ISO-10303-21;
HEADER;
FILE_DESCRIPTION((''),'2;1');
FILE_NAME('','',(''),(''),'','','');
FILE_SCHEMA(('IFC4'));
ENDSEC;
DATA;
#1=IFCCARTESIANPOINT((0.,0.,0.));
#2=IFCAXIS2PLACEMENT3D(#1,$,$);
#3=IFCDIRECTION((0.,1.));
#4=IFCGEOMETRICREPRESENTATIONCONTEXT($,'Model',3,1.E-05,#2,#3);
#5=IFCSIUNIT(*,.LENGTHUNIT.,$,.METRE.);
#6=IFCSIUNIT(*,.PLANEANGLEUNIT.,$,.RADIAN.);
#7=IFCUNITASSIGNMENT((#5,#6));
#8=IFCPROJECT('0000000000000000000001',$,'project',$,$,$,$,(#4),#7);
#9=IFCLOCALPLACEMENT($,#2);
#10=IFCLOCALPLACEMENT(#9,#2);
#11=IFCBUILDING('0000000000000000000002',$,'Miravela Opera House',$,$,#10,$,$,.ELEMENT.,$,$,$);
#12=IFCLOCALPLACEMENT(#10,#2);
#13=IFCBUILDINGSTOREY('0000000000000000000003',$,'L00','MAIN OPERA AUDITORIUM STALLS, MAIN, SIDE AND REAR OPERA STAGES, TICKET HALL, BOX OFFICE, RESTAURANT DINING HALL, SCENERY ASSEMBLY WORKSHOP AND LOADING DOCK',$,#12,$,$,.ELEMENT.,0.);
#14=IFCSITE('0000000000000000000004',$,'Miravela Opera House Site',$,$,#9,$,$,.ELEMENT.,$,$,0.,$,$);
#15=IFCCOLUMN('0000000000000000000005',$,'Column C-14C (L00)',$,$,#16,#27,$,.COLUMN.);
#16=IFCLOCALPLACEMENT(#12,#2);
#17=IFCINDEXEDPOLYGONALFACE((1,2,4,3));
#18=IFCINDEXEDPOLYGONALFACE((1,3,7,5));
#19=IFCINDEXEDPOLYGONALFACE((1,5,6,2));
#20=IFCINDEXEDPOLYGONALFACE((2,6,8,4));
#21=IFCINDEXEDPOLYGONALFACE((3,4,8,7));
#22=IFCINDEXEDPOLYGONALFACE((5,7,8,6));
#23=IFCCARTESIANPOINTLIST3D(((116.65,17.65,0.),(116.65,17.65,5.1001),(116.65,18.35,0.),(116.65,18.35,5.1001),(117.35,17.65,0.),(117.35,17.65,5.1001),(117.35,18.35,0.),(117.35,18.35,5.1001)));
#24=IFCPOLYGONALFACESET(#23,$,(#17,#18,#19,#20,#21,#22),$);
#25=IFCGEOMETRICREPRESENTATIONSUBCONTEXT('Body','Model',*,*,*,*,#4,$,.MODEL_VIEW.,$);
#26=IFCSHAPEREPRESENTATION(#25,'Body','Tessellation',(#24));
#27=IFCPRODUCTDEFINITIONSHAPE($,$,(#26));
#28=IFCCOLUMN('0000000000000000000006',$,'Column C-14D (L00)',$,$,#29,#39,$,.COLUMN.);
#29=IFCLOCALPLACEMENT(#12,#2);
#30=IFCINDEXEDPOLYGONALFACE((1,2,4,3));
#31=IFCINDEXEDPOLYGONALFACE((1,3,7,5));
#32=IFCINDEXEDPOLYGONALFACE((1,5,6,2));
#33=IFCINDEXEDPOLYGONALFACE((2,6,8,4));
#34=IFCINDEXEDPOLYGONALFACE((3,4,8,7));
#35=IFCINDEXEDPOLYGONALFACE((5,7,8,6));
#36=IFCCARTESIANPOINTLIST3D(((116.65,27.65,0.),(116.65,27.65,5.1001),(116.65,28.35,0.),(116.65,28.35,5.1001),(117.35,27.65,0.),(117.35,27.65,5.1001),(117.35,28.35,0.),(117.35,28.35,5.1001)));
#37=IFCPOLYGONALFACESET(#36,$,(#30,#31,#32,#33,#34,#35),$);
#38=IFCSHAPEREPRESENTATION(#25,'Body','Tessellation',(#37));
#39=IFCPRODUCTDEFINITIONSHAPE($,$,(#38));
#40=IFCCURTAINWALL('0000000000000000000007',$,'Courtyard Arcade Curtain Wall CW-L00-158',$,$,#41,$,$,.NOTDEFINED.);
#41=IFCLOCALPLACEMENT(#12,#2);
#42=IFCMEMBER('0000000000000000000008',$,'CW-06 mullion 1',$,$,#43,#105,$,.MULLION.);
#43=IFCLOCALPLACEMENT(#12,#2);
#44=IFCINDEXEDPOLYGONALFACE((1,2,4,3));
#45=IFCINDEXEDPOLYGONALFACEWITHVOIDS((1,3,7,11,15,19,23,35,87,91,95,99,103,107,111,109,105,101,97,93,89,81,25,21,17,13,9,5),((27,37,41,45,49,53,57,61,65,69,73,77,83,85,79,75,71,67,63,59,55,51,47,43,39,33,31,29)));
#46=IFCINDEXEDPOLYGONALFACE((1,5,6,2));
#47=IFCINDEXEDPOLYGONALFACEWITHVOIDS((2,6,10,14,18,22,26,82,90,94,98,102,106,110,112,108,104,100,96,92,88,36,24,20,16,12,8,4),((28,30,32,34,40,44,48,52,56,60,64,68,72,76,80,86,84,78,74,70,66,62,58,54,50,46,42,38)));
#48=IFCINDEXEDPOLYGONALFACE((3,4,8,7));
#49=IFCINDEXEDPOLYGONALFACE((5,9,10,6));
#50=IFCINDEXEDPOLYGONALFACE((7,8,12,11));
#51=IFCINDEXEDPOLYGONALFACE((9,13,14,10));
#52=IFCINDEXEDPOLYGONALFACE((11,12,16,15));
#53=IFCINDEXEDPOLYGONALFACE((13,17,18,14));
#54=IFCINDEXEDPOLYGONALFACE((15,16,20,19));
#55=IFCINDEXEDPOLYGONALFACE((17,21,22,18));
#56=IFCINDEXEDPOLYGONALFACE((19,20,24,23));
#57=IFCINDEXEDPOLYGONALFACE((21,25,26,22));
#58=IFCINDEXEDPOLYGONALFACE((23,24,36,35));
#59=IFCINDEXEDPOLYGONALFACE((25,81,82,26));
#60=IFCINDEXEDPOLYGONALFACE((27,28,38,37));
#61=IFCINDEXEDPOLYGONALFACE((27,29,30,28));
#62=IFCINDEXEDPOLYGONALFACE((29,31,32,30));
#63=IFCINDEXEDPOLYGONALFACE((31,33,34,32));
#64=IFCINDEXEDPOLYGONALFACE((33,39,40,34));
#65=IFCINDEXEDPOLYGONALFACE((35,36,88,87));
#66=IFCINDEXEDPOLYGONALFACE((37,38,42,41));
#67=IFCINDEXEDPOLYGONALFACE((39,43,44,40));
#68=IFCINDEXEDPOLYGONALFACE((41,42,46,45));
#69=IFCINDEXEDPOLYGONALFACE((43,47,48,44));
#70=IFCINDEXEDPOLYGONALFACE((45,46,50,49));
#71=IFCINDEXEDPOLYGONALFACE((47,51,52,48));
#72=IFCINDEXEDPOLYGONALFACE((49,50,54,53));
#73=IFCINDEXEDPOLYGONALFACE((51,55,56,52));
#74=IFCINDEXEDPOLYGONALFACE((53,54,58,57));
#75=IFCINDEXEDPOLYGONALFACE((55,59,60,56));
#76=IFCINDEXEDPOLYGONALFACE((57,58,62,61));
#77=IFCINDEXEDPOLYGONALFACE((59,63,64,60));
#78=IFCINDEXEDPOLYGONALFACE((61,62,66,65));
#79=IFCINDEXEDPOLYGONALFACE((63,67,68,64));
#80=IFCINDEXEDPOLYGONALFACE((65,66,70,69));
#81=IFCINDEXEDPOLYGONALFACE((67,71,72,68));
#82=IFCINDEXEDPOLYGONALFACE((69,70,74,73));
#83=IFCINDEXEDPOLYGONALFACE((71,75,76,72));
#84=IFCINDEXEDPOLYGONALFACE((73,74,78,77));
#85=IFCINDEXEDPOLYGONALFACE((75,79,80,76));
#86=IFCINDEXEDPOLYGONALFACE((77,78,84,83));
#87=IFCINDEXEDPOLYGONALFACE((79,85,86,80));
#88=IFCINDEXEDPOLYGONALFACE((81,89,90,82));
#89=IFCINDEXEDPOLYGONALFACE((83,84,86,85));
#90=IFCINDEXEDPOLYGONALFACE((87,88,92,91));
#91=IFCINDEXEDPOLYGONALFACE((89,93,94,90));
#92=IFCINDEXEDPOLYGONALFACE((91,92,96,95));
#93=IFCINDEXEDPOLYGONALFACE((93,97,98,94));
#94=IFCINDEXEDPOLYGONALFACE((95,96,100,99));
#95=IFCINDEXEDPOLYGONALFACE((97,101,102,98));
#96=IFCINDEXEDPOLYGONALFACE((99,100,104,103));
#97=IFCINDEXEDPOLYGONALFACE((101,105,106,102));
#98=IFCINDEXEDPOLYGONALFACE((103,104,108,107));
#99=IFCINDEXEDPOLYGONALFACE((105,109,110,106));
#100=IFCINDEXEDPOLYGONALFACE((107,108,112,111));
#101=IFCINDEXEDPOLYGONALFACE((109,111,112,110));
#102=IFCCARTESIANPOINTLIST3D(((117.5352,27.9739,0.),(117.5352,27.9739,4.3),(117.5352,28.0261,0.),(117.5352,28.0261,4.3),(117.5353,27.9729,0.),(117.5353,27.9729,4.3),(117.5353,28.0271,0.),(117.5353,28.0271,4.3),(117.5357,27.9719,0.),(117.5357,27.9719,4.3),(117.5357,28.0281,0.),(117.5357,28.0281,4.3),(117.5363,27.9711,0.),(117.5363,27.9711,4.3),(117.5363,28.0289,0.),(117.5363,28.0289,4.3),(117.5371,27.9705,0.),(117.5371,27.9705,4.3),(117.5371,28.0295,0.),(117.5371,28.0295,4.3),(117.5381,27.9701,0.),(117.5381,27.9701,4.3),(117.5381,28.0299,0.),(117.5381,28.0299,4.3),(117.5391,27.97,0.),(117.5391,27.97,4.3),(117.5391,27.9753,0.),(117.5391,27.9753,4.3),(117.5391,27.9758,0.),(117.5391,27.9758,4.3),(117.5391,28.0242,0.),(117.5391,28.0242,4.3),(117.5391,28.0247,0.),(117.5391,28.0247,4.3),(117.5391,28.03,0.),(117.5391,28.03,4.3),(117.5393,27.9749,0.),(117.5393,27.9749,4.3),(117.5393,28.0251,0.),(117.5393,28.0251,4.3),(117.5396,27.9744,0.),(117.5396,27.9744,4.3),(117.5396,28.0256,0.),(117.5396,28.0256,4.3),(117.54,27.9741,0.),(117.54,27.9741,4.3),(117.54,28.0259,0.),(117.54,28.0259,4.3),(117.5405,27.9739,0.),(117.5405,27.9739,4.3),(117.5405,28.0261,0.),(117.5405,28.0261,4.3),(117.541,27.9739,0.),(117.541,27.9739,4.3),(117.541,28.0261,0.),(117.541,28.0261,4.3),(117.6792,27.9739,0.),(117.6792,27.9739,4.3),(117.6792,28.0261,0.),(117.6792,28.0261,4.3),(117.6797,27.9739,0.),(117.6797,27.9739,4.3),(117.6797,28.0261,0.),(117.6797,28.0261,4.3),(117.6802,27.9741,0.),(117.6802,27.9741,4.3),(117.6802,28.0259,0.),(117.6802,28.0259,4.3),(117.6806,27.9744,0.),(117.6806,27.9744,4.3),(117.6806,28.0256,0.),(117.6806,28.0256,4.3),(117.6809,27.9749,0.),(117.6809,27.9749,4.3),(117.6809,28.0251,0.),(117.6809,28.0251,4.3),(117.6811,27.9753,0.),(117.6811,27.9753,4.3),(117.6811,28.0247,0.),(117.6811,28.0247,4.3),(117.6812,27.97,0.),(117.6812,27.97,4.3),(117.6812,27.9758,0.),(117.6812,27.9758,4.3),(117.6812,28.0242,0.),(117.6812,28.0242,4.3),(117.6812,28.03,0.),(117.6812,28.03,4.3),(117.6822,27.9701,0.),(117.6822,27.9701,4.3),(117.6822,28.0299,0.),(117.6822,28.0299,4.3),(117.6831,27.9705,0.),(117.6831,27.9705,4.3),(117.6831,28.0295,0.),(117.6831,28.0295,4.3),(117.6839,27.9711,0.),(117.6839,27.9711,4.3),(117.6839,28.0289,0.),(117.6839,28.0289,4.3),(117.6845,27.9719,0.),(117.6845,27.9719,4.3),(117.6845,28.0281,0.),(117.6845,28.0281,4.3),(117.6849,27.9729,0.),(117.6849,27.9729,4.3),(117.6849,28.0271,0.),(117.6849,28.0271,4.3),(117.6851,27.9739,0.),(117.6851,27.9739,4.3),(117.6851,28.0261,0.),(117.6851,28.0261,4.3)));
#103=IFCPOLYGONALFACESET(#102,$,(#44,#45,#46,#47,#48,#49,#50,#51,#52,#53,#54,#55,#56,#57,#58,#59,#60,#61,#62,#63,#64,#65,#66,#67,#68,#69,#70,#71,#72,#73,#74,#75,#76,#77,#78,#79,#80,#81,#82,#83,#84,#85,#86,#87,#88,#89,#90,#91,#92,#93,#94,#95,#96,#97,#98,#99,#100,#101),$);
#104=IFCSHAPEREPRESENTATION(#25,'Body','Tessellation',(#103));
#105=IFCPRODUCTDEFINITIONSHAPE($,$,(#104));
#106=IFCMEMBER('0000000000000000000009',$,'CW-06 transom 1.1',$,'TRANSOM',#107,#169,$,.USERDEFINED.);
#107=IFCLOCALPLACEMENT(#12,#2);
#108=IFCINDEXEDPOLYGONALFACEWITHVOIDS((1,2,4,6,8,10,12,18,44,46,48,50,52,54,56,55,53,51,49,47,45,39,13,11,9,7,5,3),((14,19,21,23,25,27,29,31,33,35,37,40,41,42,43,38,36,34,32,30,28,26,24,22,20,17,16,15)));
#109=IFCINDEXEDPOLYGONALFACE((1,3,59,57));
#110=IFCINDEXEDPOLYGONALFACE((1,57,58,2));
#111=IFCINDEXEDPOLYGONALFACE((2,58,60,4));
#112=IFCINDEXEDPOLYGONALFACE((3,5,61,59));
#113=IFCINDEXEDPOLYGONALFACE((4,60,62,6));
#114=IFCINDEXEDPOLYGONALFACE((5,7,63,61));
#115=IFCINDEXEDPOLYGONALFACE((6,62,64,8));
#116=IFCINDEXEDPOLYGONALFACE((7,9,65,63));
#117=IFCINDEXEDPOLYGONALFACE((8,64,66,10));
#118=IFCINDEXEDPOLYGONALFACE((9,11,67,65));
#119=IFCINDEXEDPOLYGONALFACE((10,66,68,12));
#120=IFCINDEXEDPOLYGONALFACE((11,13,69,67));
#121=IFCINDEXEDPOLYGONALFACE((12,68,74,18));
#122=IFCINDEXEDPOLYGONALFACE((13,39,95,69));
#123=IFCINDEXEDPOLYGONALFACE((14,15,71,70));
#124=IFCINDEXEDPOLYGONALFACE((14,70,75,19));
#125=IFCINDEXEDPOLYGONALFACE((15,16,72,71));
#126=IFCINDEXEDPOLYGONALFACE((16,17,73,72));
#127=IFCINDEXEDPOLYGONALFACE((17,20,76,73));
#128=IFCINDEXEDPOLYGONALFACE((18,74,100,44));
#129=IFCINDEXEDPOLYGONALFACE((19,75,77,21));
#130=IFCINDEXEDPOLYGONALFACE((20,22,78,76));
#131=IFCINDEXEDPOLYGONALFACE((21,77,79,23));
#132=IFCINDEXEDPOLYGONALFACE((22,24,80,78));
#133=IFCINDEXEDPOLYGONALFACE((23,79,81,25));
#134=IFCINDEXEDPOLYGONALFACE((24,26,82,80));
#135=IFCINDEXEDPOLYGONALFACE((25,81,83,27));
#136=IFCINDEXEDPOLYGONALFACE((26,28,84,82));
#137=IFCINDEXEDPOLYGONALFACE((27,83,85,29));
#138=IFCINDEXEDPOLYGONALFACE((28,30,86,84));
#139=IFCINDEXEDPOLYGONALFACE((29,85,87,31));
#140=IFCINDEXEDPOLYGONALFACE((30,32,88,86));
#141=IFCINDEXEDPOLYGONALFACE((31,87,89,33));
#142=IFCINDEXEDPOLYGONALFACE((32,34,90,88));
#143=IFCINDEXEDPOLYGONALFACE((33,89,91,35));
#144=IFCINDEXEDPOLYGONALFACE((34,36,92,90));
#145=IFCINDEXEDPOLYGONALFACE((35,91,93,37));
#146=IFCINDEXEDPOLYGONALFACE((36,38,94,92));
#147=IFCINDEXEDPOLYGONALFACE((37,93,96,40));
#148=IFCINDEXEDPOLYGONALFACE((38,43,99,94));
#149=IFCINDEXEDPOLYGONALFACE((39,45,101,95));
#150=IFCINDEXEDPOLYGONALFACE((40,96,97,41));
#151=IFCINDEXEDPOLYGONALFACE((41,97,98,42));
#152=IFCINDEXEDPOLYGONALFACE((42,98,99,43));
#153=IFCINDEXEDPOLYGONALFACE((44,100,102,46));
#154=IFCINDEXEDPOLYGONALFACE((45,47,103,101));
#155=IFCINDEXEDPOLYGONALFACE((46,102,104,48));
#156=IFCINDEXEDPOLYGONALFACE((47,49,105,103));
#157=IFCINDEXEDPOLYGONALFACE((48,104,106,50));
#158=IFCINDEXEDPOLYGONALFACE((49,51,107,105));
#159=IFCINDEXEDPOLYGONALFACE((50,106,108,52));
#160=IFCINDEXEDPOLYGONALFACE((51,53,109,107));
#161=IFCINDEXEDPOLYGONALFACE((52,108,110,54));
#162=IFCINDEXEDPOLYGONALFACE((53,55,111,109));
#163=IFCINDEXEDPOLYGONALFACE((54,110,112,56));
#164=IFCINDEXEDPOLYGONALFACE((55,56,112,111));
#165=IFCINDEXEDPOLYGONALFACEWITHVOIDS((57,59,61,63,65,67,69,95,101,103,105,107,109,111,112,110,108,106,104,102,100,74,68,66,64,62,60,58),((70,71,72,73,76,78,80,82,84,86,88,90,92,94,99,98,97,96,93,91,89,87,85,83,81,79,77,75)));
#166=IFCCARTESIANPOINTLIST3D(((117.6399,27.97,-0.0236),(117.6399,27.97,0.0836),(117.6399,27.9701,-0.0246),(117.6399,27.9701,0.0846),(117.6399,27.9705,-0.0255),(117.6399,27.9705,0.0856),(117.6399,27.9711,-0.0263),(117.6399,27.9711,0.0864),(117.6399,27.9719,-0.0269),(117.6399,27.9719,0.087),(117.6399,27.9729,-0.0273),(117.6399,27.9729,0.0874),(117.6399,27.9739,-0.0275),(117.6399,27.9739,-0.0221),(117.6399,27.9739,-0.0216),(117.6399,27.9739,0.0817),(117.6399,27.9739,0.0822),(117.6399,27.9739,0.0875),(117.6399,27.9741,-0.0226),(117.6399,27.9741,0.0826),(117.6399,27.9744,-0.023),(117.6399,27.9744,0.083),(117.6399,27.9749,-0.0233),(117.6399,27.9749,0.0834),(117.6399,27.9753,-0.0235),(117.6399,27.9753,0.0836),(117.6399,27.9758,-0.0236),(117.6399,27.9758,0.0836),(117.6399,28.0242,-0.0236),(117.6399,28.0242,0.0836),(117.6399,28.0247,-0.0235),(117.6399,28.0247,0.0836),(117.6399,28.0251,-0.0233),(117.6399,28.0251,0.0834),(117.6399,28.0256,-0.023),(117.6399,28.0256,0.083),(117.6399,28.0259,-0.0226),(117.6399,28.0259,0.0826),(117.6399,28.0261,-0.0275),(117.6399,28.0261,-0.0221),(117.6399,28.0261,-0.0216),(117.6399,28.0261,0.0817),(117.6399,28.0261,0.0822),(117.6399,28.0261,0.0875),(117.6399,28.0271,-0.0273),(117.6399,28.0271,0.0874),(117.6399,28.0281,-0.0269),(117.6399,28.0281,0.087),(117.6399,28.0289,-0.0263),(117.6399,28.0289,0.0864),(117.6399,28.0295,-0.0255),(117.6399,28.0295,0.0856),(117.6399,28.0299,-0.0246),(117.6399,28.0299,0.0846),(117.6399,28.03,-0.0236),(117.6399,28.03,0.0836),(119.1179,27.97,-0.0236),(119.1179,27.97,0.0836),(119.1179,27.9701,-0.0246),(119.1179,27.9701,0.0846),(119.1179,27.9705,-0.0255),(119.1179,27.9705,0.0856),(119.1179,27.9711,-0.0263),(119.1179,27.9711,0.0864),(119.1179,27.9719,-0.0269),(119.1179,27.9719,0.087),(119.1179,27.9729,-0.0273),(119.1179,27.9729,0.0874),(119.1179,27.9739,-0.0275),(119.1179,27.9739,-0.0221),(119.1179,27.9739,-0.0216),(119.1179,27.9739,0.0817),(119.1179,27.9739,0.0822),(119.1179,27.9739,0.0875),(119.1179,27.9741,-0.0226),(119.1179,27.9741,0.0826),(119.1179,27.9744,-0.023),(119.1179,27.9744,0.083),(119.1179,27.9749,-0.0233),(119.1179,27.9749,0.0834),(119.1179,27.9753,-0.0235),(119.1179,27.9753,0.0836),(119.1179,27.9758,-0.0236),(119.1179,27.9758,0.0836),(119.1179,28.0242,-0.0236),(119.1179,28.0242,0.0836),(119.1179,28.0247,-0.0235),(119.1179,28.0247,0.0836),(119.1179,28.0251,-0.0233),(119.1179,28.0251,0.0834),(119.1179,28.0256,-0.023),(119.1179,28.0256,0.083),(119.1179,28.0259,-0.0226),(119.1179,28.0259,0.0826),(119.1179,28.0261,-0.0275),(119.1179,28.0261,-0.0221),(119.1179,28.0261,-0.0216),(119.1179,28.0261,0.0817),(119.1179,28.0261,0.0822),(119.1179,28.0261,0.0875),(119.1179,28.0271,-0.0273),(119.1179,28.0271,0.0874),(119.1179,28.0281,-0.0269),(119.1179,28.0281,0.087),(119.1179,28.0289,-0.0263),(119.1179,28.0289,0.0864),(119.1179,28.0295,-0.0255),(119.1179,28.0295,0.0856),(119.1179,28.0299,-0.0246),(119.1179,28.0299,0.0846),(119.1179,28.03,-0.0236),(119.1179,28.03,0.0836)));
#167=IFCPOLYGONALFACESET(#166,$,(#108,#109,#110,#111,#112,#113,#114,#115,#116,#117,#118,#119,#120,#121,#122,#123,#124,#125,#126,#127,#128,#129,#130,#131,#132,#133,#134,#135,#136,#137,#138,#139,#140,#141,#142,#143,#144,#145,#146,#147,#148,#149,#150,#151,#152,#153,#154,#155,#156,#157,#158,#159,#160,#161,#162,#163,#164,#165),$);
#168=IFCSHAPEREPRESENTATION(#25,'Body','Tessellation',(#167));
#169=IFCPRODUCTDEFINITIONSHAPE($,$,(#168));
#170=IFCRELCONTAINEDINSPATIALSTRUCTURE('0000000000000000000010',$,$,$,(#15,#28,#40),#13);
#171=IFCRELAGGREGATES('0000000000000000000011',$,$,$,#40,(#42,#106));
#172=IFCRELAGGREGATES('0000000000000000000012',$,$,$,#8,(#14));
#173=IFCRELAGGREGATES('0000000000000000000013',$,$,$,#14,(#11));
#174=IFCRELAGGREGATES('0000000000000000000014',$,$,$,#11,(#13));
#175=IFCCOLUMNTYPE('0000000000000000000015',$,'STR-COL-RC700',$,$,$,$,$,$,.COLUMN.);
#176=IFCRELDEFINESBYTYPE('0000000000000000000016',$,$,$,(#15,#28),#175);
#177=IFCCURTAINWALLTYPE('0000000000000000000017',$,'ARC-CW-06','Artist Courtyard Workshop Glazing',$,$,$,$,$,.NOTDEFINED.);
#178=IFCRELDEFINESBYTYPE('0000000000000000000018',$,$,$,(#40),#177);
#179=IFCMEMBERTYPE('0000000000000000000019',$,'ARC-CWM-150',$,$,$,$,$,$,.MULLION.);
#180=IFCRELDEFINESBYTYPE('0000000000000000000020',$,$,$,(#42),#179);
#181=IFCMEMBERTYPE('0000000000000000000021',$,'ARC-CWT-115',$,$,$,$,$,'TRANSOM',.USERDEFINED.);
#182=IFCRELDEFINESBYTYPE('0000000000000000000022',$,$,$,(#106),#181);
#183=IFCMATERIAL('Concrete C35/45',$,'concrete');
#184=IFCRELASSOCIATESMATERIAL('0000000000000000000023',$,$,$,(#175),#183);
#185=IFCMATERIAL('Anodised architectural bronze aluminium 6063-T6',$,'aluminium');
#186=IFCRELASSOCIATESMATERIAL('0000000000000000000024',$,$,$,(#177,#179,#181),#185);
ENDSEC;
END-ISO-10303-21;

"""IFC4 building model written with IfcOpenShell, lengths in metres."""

from ifc_helpers import new_model, si_unit, direction, frame, origin, origin_2d, place, context, subcontext, project, spatial, rectangle, hollow_rectangle, extrude, material, material_profile, profile_set, type_object, element, aggregate, save


model = new_model("IFC4")

# Units and contexts
model_context = context("Model", 3, precision=1e-05, world=origin(), true_north=direction((0.0, 1.0)))
body_context = subcontext(model_context, "Body", "Model", "MODEL_VIEW")
ifc_project = project(units=[si_unit("LENGTHUNIT", "METRE"), si_unit("PLANEANGLEUNIT", "RADIAN")], contexts=[model_context])

# Site, building, storey
site_placement = place(None, origin())
site = spatial("IfcSite", under=ifc_project, at=site_placement, Name="Miravela Opera House Site", CompositionType="ELEMENT", RefElevation=0.0)
building_placement = place(site_placement, origin())
building = spatial("IfcBuilding", under=site, at=building_placement, Name="Miravela Opera House", CompositionType="ELEMENT")
storey_placement = place(building_placement, origin())
storey = spatial("IfcBuildingStorey", under=building, at=storey_placement, Name="L00", Description="MAIN OPERA AUDITORIUM STALLS, MAIN, SIDE AND REAR OPERA STAGES, TICKET HALL, BOX OFFICE, RESTAURANT DINING HALL, SCENERY ASSEMBLY WORKSHOP AND LOADING DOCK", CompositionType="ELEMENT", Elevation=0.0)

# Columns
ifc_material_1 = material(Name="Concrete C35/45", Category="concrete")
ifc_material_profile_1 = material_profile(ifc_material_1, rectangle(XDim=0.7, YDim=0.7, at=origin_2d()), Name="RC-COL-700X700")
ifc_profile_set_1 = profile_set([ifc_material_profile_1])
column_type = type_object("IfcColumnType", Name="STR-COL-RC700", PredefinedType="COLUMN", material=ifc_profile_set_1)
for number, where, z_axis, x_axis, name in (
    (1, (117.0, 18.0, 0.0), (0.0, 0.0, 1.0), (1.0, 0.0, 0.0), "Column C-14C (L00)"),
    (2, (117.0, 28.0, 0.0), (0.0, 0.0, 1.0), (1.0, 0.0, 0.0), "Column C-14D (L00)"),
):
    element("IfcColumn", number, at=place(storey_placement, frame(where, z_axis=z_axis, x_axis=x_axis)), inside=storey, type_object=column_type, Name=name, PredefinedType="COLUMN", context=body_context, shape_type="SweptSolid", body=[
        extrude(rectangle(XDim=0.7, YDim=0.7, at=origin_2d()), origin(), (0.0, 0.0, 1.0), 5.1001),
    ])

# Curtain wall, members
ifc_material_2 = material(Name="Anodised architectural bronze aluminium 6063-T6", Category="aluminium")
curtain_wall_type = type_object("IfcCurtainWallType", Name="ARC-CW-06", Description="Artist Courtyard Workshop Glazing", PredefinedType="NOTDEFINED", material=ifc_material_2)
curtain_wall_1_placement = place(storey_placement, origin())
curtain_wall_1 = element("IfcCurtainWall", 3, at=curtain_wall_1_placement, inside=storey, type_object=curtain_wall_type, Name="Courtyard Arcade Curtain Wall CW-L00-158", PredefinedType="NOTDEFINED")
ifc_material_profile_2 = material_profile(ifc_material_2, hollow_rectangle(XDim=0.0601, YDim=0.1499, WallThickness=0.0039, InnerFilletRadius=0.002, OuterFilletRadius=0.0039, at=origin_2d()), Name="CWM-60X150")
ifc_profile_set_2 = profile_set([ifc_material_profile_2])
member_type_1 = type_object("IfcMemberType", Name="ARC-CWM-150", PredefinedType="MULLION", material=ifc_profile_set_2)
member_1_placement = place(storey_placement, frame((117.6101, 28.0, 0.0), z_axis=(0.0, 0.0, 1.0), x_axis=(0.0, 1.0, 0.0)))
member_1 = element("IfcMember", 4, at=member_1_placement, type_object=member_type_1, Name="CW-06 mullion 1", PredefinedType="MULLION", context=body_context, shape_type="SweptSolid", body=[
    extrude(hollow_rectangle(XDim=0.0601, YDim=0.1499, WallThickness=0.0039, InnerFilletRadius=0.002, OuterFilletRadius=0.0039, at=origin_2d()), origin(), (0.0, 0.0, 1.0), 4.3),
])
ifc_material_profile_3 = material_profile(ifc_material_2, hollow_rectangle(XDim=0.0601, YDim=0.115, WallThickness=0.0039, InnerFilletRadius=0.002, OuterFilletRadius=0.0039, at=origin_2d()), Name="CWT-60X115")
ifc_profile_set_3 = profile_set([ifc_material_profile_3])
member_type_2 = type_object("IfcMemberType", Name="ARC-CWT-115", ElementType="TRANSOM", PredefinedType="USERDEFINED", material=ifc_profile_set_3)
member_2_placement = place(storey_placement, frame((117.6399, 28.0, 0.03), z_axis=(1.0, 0.0, 0.0), x_axis=(0.0, 1.0, 0.0)))
member_2 = element("IfcMember", 5, at=member_2_placement, type_object=member_type_2, Name="CW-06 transom 1.1", ObjectType="TRANSOM", PredefinedType="USERDEFINED", context=body_context, shape_type="SweptSolid", body=[
    extrude(hollow_rectangle(XDim=0.0601, YDim=0.115, WallThickness=0.0039, InnerFilletRadius=0.002, OuterFilletRadius=0.0039, at=origin_2d()), origin(), (0.0, 0.0, 1.0), 1.478),
])
aggregate(curtain_wall_1, [member_1, member_2])

save(model, "model.ifc")
